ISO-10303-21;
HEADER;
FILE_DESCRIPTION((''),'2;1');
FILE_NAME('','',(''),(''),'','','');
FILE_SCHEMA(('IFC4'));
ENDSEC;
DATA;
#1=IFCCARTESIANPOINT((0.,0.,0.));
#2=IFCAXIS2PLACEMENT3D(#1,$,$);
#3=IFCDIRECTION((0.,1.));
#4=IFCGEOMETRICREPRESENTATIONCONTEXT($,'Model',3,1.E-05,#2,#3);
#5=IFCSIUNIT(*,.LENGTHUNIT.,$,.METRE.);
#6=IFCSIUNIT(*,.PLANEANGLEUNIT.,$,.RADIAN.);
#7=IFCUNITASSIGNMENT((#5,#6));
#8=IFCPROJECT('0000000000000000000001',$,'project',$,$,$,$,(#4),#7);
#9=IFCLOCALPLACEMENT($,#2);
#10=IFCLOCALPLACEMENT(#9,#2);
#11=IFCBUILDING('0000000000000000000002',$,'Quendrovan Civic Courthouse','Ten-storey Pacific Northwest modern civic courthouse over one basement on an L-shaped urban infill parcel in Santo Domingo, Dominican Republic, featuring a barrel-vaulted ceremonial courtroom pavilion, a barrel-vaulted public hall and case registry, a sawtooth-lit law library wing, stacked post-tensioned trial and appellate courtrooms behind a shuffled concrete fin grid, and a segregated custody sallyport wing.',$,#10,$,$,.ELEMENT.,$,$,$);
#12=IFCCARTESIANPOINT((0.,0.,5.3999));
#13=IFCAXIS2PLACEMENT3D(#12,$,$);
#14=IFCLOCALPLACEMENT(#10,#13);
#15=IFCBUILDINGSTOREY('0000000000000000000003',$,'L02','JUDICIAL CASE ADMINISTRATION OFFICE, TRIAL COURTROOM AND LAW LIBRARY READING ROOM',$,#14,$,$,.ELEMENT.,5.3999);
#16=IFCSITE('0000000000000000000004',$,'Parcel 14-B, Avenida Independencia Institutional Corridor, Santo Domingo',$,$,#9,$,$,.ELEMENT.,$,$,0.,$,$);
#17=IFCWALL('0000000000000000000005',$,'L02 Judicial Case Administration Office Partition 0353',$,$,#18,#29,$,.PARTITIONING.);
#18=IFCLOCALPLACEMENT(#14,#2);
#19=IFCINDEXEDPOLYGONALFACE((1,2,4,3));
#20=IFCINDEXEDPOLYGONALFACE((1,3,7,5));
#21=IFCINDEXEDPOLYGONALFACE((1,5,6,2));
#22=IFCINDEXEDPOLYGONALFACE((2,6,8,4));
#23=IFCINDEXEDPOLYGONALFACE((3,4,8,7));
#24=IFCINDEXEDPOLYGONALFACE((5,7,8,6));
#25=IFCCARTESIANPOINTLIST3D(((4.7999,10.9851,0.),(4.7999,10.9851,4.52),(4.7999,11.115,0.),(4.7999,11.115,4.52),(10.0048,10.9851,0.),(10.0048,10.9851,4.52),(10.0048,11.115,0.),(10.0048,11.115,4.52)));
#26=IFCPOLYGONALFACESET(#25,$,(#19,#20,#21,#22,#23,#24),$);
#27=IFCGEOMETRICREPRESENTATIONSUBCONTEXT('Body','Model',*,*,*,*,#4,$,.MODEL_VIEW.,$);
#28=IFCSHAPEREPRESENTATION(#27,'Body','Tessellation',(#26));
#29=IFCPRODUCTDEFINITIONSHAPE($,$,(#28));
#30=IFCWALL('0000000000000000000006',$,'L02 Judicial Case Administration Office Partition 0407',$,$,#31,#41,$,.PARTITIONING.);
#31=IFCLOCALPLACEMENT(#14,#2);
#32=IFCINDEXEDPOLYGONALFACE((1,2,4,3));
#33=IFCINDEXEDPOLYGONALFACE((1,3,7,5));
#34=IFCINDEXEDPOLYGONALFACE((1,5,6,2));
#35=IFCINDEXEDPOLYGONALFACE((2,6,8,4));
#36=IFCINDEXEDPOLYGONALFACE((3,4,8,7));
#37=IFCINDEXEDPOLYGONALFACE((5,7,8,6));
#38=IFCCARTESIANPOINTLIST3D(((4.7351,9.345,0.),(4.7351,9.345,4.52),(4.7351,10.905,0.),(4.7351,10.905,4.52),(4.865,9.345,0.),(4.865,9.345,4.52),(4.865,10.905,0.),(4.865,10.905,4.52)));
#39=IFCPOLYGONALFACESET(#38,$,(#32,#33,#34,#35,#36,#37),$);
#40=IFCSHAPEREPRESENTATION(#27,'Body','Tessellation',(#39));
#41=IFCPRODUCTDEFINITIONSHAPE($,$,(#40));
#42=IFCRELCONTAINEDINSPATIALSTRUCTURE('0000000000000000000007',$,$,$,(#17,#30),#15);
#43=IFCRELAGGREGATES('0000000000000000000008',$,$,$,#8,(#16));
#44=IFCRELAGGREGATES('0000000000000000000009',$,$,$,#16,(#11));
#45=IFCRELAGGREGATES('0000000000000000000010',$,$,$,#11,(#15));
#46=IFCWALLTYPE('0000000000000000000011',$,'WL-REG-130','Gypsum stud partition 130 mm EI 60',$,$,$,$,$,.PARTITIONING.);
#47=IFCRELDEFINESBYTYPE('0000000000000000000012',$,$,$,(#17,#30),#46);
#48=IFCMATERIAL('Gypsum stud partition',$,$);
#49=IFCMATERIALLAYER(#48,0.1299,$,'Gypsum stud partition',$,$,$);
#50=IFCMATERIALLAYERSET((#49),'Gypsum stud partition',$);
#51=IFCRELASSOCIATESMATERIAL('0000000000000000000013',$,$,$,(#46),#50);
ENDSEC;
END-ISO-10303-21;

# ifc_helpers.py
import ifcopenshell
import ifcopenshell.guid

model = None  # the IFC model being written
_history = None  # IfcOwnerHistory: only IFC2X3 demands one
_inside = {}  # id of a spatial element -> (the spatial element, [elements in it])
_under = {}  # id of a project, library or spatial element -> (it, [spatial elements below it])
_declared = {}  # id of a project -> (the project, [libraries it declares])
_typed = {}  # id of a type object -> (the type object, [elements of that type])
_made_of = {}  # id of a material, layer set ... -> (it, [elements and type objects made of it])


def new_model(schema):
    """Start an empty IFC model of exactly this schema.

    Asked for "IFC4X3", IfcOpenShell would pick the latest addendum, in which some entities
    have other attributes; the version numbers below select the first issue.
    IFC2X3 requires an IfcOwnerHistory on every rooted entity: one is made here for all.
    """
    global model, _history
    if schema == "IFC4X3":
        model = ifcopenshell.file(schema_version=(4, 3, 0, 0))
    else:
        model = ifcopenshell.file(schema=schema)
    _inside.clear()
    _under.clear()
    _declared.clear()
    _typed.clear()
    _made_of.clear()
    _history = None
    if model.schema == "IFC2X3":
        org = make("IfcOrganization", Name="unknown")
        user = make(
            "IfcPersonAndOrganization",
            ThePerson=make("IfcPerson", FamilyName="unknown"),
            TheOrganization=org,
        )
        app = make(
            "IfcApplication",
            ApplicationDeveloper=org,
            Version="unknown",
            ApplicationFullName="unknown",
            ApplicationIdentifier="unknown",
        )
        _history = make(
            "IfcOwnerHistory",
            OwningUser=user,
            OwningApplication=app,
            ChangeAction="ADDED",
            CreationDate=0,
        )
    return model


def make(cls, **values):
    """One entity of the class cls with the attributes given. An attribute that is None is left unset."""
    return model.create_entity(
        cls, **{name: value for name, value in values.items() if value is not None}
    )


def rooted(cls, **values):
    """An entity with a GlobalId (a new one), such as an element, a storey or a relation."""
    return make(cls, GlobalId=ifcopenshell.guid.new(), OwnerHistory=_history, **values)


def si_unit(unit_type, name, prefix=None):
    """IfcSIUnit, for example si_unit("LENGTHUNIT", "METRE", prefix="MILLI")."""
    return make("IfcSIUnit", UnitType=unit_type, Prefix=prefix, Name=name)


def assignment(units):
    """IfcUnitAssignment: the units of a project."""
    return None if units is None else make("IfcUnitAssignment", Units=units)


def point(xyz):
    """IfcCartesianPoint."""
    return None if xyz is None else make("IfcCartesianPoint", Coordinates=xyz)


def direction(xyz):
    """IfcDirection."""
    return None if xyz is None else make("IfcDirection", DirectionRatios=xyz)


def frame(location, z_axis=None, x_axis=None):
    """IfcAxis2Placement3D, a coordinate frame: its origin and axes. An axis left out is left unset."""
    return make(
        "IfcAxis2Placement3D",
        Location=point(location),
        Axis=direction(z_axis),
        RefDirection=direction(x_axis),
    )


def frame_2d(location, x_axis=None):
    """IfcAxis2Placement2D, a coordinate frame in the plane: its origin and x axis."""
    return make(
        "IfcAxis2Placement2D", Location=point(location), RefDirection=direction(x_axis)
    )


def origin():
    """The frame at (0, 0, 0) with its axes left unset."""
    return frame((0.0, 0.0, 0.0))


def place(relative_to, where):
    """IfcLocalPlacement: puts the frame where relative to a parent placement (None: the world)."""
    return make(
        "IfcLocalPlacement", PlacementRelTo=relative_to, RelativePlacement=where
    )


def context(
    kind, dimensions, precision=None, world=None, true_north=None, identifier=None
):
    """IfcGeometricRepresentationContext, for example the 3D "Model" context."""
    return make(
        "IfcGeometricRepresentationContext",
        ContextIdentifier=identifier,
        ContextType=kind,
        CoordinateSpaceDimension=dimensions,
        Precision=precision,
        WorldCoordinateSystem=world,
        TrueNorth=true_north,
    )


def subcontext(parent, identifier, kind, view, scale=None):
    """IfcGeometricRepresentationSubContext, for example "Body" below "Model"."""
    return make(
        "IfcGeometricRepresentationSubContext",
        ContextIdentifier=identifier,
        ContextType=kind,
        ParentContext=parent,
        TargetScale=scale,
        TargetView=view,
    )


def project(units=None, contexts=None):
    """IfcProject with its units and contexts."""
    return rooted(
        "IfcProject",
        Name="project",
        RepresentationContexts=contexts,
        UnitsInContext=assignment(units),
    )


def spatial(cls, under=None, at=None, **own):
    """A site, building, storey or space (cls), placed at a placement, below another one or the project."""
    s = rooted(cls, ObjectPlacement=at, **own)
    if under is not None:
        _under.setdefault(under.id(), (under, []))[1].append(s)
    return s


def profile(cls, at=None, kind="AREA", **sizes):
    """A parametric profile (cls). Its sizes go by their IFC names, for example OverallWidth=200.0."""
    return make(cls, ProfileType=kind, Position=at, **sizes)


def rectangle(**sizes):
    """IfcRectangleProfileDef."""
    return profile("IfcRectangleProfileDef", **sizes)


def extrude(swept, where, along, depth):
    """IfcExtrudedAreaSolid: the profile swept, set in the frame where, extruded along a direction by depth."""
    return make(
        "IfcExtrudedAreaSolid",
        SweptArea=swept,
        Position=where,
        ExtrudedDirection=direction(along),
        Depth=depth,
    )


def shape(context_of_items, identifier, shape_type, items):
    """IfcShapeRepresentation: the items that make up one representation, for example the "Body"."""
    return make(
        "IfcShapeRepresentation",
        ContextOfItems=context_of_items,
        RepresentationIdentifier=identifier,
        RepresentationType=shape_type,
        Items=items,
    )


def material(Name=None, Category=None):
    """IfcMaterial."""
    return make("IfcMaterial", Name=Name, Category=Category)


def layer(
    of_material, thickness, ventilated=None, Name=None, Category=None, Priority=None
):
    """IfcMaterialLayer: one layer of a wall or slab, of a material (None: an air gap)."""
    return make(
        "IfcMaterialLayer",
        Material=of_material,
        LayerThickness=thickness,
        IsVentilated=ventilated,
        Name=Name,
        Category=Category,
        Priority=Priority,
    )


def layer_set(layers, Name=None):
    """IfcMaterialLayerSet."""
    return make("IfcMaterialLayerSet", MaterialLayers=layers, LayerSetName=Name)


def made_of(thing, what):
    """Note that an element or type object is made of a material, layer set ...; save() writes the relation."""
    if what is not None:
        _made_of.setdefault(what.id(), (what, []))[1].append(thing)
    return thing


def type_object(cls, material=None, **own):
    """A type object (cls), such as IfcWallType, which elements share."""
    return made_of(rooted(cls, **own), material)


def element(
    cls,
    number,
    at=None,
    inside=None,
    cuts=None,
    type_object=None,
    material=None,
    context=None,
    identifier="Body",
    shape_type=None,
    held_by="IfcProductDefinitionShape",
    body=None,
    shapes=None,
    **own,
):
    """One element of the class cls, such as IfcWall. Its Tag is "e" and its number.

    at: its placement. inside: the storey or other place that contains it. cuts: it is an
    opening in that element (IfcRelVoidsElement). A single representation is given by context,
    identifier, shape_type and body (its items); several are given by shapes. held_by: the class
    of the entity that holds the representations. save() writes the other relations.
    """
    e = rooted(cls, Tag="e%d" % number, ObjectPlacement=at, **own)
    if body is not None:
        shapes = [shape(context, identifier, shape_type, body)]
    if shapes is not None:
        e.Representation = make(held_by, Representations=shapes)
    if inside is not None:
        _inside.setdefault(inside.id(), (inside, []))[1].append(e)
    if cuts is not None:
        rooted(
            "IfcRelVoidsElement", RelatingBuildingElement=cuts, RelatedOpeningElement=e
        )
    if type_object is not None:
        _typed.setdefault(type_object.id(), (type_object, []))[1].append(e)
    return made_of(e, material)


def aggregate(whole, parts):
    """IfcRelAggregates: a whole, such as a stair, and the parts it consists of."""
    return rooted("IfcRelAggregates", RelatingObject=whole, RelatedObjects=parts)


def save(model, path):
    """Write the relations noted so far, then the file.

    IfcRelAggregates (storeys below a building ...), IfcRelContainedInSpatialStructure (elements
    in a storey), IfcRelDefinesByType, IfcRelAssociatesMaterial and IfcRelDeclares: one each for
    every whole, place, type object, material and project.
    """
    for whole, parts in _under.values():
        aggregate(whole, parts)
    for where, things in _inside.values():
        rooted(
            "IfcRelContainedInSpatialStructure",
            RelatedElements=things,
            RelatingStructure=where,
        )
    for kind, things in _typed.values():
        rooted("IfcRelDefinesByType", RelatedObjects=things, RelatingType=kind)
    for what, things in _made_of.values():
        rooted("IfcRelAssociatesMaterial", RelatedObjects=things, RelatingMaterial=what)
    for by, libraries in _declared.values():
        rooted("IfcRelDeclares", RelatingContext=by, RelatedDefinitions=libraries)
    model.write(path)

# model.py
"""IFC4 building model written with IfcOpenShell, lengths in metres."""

from ifc_helpers import new_model, si_unit, direction, frame, frame_2d, origin, place, context, subcontext, project, spatial, rectangle, extrude, material, layer, layer_set, type_object, element, save


model = new_model("IFC4")

# Units and contexts
model_context = context("Model", 3, precision=1e-05, world=origin(), true_north=direction((0.0, 1.0)))
body_context = subcontext(model_context, "Body", "Model", "MODEL_VIEW")
ifc_project = project(units=[si_unit("LENGTHUNIT", "METRE"), si_unit("PLANEANGLEUNIT", "RADIAN")], contexts=[model_context])

# Site, building, storey
site_placement = place(None, origin())
site = spatial("IfcSite", under=ifc_project, at=site_placement, Name="Parcel 14-B, Avenida Independencia Institutional Corridor, Santo Domingo", CompositionType="ELEMENT", RefElevation=0.0)
building_placement = place(site_placement, origin())
building = spatial("IfcBuilding", under=site, at=building_placement, Name="Quendrovan Civic Courthouse", Description="Ten-storey Pacific Northwest modern civic courthouse over one basement on an L-shaped urban infill parcel in Santo Domingo, Dominican Republic, featuring a barrel-vaulted ceremonial courtroom pavilion, a barrel-vaulted public hall and case registry, a sawtooth-lit law library wing, stacked post-tensioned trial and appellate courtrooms behind a shuffled concrete fin grid, and a segregated custody sallyport wing.", CompositionType="ELEMENT")
storey_placement = place(building_placement, frame((0.0, 0.0, 5.3999)))
storey = spatial("IfcBuildingStorey", under=building, at=storey_placement, Name="L02", Description="JUDICIAL CASE ADMINISTRATION OFFICE, TRIAL COURTROOM AND LAW LIBRARY READING ROOM", CompositionType="ELEMENT", Elevation=5.3999)

# Walls
ifc_material_1 = material(Name="Gypsum stud partition")
ifc_layer_1 = layer(ifc_material_1, 0.1299, Name="Gypsum stud partition")
ifc_layer_set_1 = layer_set([ifc_layer_1], Name="Gypsum stud partition")
wall_type_1 = type_object("IfcWallType", Name="WL-REG-130", Description="Gypsum stud partition 130 mm EI 60", PredefinedType="PARTITIONING", material=ifc_layer_set_1)
wall_1_placement = place(storey_placement, frame((10.0049, 11.05, 0.0), z_axis=(0.0, 0.0, 1.0), x_axis=(-1.0, 0.0, 0.0)))
element("IfcWall", 1, at=wall_1_placement, inside=storey, type_object=wall_type_1, Name="L02 Judicial Case Administration Office Partition 0353", PredefinedType="PARTITIONING", context=body_context, shape_type="SweptSolid", body=[
    extrude(rectangle(XDim=5.2048, YDim=0.1299, at=frame_2d((2.6025, 0.0))), origin(), (0.0, 0.0, 1.0), 4.52),
])
wall_2_placement = place(storey_placement, frame((4.8, 10.905, 0.0), z_axis=(0.0, 0.0, 1.0), x_axis=(0.0, -1.0, 0.0)))
element("IfcWall", 2, at=wall_2_placement, inside=storey, type_object=wall_type_1, Name="L02 Judicial Case Administration Office Partition 0407", PredefinedType="PARTITIONING", context=body_context, shape_type="SweptSolid", body=[
    extrude(rectangle(XDim=1.5601, YDim=0.1299, at=frame_2d((0.78, 0.0))), origin(), (0.0, 0.0, 1.0), 4.52),
])

save(model, "model.ifc")
